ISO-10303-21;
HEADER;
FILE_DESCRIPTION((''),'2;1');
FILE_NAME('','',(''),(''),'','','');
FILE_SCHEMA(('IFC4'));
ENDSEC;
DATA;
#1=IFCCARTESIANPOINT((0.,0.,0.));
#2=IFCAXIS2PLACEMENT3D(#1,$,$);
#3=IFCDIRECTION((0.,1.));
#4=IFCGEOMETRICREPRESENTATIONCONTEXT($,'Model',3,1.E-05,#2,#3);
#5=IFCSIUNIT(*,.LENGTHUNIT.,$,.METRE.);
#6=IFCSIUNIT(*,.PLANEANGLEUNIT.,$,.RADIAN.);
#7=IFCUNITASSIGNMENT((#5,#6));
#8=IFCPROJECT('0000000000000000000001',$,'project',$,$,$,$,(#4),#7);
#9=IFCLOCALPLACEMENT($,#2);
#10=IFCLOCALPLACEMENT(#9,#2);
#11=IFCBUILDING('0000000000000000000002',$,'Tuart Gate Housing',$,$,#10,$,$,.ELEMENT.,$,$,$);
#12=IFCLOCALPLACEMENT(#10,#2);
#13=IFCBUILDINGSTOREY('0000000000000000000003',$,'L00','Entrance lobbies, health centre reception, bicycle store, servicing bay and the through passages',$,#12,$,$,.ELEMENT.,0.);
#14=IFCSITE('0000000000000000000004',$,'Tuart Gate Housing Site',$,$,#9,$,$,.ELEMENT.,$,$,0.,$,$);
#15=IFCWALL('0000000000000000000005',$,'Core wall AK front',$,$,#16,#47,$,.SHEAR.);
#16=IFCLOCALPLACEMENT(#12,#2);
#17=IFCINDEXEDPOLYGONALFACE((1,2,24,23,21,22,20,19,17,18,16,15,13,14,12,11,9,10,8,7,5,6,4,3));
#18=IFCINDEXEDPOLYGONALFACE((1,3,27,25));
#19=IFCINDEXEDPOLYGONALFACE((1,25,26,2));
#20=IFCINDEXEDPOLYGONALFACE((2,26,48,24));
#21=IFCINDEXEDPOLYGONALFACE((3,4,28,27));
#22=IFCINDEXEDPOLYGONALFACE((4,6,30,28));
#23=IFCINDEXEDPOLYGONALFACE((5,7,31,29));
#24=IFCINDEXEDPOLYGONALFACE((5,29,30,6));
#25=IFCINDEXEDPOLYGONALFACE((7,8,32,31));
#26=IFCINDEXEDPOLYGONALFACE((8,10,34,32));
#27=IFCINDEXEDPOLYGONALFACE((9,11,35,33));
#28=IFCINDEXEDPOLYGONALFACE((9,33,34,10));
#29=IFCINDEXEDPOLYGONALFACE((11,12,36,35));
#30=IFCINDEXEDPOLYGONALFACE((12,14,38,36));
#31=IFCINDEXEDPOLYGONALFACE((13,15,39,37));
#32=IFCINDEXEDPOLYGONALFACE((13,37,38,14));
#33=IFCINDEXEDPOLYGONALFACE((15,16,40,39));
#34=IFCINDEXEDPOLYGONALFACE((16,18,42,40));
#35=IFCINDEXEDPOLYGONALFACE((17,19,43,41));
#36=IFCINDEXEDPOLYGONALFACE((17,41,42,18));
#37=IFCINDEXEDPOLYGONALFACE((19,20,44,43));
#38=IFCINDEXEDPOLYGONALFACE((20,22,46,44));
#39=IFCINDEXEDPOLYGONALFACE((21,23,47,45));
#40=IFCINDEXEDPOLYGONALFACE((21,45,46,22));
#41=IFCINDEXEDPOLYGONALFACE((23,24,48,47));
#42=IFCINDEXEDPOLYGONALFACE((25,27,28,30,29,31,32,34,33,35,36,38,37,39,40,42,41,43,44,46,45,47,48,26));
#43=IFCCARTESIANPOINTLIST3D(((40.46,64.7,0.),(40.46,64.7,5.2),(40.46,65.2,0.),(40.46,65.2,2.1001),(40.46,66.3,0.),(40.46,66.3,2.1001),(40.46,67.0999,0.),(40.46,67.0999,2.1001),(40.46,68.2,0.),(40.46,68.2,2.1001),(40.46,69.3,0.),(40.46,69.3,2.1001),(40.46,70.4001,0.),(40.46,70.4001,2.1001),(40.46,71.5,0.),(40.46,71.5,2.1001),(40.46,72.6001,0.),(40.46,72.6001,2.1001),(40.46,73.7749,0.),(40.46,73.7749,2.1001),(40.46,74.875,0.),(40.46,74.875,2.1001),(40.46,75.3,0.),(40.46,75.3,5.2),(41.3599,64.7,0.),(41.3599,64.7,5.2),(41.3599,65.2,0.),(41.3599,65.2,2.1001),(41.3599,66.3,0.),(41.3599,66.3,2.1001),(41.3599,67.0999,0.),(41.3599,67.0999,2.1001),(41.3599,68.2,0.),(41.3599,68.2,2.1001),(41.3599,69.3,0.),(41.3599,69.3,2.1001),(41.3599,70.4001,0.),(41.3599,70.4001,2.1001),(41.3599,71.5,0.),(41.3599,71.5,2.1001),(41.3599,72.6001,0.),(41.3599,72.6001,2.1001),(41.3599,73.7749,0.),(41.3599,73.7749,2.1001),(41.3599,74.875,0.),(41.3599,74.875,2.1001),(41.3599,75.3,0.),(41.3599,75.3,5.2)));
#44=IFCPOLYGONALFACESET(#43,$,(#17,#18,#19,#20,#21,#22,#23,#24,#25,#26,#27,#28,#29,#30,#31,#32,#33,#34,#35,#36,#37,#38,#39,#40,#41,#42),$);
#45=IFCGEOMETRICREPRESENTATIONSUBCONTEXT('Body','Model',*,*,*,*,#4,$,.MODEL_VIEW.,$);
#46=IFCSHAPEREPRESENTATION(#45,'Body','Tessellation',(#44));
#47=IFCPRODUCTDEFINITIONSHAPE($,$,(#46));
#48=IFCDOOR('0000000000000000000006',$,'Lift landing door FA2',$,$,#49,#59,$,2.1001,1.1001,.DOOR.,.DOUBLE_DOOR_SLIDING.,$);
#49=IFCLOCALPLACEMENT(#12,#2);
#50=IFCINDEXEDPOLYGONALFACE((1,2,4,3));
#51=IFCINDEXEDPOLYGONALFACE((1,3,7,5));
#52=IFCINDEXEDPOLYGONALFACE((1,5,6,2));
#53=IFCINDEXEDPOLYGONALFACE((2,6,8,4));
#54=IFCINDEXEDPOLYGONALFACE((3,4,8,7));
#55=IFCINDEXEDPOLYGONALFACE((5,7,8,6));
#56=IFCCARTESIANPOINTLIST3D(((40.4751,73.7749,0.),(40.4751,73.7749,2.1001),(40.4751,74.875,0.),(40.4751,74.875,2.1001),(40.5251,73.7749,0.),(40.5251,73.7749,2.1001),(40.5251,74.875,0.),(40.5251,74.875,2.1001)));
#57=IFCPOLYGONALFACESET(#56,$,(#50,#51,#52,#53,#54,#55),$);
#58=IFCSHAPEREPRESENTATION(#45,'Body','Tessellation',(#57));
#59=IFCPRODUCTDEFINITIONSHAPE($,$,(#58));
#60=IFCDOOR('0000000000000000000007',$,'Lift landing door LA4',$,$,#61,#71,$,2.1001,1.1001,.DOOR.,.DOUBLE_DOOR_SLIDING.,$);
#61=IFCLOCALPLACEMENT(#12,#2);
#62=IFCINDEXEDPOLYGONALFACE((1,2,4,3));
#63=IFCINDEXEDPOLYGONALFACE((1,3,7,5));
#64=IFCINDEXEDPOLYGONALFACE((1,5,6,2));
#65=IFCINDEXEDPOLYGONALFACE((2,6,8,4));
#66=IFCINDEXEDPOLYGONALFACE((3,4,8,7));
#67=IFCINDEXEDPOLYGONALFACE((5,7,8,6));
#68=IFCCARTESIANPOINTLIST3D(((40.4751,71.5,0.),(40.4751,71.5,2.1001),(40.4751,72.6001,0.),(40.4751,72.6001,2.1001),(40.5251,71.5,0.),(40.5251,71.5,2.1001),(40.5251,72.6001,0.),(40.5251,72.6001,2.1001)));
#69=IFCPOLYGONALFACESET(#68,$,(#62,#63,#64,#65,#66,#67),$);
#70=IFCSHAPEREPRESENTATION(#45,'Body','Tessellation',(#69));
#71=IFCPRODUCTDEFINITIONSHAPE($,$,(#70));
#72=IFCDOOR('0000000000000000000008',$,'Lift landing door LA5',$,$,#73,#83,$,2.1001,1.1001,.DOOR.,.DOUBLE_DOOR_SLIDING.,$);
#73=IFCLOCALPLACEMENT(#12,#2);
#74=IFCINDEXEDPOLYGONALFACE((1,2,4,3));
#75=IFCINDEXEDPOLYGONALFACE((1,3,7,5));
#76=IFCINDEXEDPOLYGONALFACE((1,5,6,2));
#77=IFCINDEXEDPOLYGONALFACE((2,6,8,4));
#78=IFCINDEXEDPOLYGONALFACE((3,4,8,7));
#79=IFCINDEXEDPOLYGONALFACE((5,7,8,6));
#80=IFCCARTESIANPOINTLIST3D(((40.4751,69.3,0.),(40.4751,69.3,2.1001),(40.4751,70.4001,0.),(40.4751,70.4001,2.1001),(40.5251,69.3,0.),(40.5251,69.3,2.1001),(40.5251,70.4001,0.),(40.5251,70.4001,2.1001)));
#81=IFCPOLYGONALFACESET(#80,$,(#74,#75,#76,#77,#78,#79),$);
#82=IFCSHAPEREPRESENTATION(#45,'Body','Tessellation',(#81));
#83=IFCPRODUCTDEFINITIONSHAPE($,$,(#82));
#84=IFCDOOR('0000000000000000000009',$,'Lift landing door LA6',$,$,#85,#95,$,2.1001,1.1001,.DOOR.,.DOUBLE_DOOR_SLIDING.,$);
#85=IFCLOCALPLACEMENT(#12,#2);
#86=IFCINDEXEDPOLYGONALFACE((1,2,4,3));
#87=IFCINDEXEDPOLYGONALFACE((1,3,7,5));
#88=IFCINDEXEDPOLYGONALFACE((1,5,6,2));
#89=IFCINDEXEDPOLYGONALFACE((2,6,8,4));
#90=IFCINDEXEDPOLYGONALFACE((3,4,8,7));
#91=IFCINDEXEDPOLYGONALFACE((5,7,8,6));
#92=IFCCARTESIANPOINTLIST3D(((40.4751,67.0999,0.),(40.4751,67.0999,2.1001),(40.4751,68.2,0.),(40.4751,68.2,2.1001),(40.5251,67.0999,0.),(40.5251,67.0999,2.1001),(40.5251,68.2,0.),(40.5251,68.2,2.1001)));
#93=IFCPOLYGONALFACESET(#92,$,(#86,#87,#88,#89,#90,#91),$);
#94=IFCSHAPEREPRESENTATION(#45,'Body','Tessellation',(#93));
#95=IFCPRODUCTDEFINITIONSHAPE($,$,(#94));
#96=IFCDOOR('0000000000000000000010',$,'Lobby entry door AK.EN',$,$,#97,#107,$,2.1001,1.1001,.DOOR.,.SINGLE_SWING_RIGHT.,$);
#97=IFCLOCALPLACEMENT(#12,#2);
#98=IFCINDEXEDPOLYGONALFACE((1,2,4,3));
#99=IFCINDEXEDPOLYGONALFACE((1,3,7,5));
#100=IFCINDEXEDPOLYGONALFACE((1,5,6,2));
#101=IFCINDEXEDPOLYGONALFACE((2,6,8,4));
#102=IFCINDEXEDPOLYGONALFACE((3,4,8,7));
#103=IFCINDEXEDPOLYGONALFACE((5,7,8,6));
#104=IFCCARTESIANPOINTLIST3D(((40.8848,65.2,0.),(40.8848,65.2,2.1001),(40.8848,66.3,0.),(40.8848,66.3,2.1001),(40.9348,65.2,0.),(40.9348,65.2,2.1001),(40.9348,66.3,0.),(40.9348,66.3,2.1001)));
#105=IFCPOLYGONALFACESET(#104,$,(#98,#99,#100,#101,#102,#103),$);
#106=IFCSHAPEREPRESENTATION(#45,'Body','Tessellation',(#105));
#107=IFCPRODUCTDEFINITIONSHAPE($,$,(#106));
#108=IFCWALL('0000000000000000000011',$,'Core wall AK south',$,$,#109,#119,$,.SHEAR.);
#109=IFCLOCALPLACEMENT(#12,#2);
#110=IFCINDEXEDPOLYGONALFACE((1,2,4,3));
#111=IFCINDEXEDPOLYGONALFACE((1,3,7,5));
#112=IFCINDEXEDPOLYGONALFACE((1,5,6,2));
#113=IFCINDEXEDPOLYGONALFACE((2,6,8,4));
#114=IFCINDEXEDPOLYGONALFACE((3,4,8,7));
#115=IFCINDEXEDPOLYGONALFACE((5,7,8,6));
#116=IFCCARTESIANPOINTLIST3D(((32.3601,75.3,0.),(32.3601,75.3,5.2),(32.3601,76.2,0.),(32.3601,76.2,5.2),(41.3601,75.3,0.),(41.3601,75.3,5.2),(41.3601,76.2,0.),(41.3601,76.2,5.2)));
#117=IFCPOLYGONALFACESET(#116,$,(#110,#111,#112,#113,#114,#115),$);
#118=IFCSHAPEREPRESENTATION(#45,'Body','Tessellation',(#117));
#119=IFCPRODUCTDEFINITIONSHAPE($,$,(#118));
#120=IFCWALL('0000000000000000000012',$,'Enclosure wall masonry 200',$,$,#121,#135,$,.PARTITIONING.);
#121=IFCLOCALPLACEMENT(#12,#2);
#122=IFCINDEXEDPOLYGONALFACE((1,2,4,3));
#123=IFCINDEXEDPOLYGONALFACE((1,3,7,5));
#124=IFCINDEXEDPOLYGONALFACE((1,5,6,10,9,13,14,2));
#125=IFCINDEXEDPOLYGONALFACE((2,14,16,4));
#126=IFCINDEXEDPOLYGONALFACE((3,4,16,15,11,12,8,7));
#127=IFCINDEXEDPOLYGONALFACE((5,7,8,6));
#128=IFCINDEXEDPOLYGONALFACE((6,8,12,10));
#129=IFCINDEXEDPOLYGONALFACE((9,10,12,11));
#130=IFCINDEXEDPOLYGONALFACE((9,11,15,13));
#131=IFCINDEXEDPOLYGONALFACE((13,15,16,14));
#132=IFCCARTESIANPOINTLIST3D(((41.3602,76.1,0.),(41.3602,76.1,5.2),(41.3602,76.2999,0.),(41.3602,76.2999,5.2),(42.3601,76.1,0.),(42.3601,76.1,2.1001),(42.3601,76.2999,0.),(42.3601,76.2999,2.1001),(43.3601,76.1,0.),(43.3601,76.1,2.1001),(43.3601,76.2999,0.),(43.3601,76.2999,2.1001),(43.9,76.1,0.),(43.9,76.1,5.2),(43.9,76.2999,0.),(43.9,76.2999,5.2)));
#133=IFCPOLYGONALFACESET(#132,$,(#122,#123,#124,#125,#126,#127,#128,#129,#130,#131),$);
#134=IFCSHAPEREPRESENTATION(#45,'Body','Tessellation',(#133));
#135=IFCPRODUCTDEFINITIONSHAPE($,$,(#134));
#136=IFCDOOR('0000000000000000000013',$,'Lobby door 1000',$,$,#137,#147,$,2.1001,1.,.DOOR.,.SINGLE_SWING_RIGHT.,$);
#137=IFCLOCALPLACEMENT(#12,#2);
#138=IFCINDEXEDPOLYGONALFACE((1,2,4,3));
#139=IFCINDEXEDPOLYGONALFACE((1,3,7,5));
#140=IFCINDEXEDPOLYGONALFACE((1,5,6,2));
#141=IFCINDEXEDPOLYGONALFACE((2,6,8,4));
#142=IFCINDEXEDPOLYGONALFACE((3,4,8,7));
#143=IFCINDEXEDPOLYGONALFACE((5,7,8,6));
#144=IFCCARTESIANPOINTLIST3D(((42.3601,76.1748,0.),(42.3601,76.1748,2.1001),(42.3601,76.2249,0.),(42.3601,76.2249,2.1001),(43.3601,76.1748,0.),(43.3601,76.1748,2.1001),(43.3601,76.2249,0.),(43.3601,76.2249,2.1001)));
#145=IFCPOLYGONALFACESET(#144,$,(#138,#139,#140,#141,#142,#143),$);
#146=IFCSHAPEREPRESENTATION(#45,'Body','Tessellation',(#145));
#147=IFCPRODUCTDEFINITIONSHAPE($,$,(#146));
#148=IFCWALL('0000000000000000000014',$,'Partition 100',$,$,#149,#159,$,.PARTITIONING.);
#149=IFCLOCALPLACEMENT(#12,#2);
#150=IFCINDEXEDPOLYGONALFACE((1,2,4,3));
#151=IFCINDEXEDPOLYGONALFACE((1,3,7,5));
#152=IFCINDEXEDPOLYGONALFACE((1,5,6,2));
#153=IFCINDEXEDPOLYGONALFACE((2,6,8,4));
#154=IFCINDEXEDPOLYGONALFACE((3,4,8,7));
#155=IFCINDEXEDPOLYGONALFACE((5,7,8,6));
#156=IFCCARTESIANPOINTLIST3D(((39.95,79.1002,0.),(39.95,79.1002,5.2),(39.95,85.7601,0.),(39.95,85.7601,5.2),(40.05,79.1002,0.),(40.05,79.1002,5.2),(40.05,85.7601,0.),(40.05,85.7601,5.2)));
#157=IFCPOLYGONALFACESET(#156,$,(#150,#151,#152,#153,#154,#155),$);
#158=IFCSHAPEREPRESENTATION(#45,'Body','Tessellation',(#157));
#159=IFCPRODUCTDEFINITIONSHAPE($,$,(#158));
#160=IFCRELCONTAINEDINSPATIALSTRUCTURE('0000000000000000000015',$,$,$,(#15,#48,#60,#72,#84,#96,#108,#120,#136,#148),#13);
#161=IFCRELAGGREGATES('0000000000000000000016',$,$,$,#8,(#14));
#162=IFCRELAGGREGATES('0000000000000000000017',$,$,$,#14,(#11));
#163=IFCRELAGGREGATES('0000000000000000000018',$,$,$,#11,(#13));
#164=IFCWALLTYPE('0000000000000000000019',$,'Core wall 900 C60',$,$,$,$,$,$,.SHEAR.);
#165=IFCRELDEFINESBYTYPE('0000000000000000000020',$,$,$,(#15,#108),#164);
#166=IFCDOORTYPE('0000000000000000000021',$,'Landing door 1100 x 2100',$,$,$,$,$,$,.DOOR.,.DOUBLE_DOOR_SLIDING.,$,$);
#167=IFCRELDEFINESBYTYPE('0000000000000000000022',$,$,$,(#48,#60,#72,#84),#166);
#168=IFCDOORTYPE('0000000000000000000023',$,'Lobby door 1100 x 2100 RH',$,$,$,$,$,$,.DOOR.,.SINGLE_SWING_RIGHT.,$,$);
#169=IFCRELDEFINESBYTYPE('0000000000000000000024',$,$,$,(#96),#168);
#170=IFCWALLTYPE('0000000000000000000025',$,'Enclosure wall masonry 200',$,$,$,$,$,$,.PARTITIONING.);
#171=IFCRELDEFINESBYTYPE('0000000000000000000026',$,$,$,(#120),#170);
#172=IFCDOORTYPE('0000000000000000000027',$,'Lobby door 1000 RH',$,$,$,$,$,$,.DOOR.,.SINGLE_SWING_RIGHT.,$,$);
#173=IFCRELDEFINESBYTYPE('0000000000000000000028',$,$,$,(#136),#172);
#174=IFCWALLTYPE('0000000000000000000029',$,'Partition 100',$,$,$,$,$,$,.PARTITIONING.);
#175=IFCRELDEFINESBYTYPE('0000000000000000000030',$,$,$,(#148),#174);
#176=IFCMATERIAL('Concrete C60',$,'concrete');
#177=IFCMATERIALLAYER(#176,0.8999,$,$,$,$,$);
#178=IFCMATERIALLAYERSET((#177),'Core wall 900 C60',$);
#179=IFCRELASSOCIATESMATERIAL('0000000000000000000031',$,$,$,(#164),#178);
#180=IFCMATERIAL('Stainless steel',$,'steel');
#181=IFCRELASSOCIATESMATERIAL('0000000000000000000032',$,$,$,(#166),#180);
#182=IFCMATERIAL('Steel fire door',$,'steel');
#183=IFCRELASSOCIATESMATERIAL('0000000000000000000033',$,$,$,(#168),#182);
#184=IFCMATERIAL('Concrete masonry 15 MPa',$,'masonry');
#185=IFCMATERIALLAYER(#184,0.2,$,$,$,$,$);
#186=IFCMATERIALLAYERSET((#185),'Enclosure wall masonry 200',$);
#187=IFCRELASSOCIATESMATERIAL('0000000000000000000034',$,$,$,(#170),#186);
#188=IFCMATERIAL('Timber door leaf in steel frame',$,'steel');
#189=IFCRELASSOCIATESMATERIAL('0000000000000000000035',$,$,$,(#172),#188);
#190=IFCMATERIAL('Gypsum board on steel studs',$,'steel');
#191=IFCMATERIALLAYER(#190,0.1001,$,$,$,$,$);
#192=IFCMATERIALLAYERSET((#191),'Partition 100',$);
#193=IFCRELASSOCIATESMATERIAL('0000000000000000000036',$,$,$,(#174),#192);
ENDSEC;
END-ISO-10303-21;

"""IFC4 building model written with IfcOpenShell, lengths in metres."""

from ifc_helpers import new_model, si_unit, direction, frame, frame_2d, origin, place, context, subcontext, project, spatial, rectangle, extrude, material, layer, layer_set, type_object, element, fill, save


model = new_model("IFC4")

# Units and contexts
model_context = context("Model", 3, precision=1e-05, world=origin(), true_north=direction((0.0, 1.0)))
body_context = subcontext(model_context, "Body", "Model", "MODEL_VIEW")
ifc_project = project(units=[si_unit("LENGTHUNIT", "METRE"), si_unit("PLANEANGLEUNIT", "RADIAN")], contexts=[model_context])

# Site, building, storey
site_placement = place(None, origin())
site = spatial("IfcSite", under=ifc_project, at=site_placement, Name="Tuart Gate Housing Site", CompositionType="ELEMENT", RefElevation=0.0)
building_placement = place(site_placement, origin())
building = spatial("IfcBuilding", under=site, at=building_placement, Name="Tuart Gate Housing", CompositionType="ELEMENT")
storey_placement = place(building_placement, origin())
storey = spatial("IfcBuildingStorey", under=building, at=storey_placement, Name="L00", Description="Entrance lobbies, health centre reception, bicycle store, servicing bay and the through passages", CompositionType="ELEMENT", Elevation=0.0)

# Wall, openings, doors
ifc_material_1 = material(Name="Concrete C60", Category="concrete")
ifc_layer_1 = layer(ifc_material_1, 0.8999)
ifc_layer_set_1 = layer_set([ifc_layer_1], Name="Core wall 900 C60")
wall_type_1 = type_object("IfcWallType", Name="Core wall 900 C60", PredefinedType="SHEAR", material=ifc_layer_set_1)
wall_1_placement = place(storey_placement, frame((40.9099, 75.3, 0.0), z_axis=(0.0, 0.0, 1.0), x_axis=(0.0, -1.0, 0.0)))
wall_1 = element("IfcWall", 1, at=wall_1_placement, inside=storey, type_object=wall_type_1, Name="Core wall AK front", PredefinedType="SHEAR", context=body_context, shape_type="SweptSolid", body=[
    extrude(rectangle(XDim=10.6001, YDim=0.8999, at=frame_2d((5.3, 0.0))), origin(), (0.0, 0.0, 1.0), 5.2),
])
opening_1_placement = place(wall_1_placement, frame((0.425, 0.0, 0.0)))
opening_1 = element("IfcOpeningElement", 2, at=opening_1_placement, cuts=wall_1, PredefinedType="OPENING", context=body_context, shape_type="SweptSolid", body=[
    extrude(rectangle(XDim=1.1001, YDim=2.1001, at=frame_2d((0.55, 1.05))), frame((0.0, 0.46, 0.0), z_axis=(0.0, -1.0, 0.0), x_axis=(1.0, 0.0, 0.0)), (0.0, 0.0, 1.0), 0.9199),
])
opening_2_placement = place(wall_1_placement, frame((2.7, 0.0, 0.0)))
opening_2 = element("IfcOpeningElement", 3, at=opening_2_placement, cuts=wall_1, PredefinedType="OPENING", context=body_context, shape_type="SweptSolid", body=[
    extrude(rectangle(XDim=1.1001, YDim=2.1001, at=frame_2d((0.55, 1.05))), frame((0.0, 0.46, 0.0), z_axis=(0.0, -1.0, 0.0), x_axis=(1.0, 0.0, 0.0)), (0.0, 0.0, 1.0), 0.9199),
])
opening_3_placement = place(wall_1_placement, frame((4.8999, 0.0, 0.0)))
opening_3 = element("IfcOpeningElement", 4, at=opening_3_placement, cuts=wall_1, PredefinedType="OPENING", context=body_context, shape_type="SweptSolid", body=[
    extrude(rectangle(XDim=1.1001, YDim=2.1001, at=frame_2d((0.55, 1.05))), frame((0.0, 0.46, 0.0), z_axis=(0.0, -1.0, 0.0), x_axis=(1.0, 0.0, 0.0)), (0.0, 0.0, 1.0), 0.9199),
])
opening_4_placement = place(wall_1_placement, frame((7.1001, 0.0, 0.0)))
opening_4 = element("IfcOpeningElement", 5, at=opening_4_placement, cuts=wall_1, PredefinedType="OPENING", context=body_context, shape_type="SweptSolid", body=[
    extrude(rectangle(XDim=1.1001, YDim=2.1001, at=frame_2d((0.55, 1.05))), frame((0.0, 0.46, 0.0), z_axis=(0.0, -1.0, 0.0), x_axis=(1.0, 0.0, 0.0)), (0.0, 0.0, 1.0), 0.9199),
])
opening_5_placement = place(wall_1_placement, frame((9.0, 0.0, 0.0)))
opening_5 = element("IfcOpeningElement", 6, at=opening_5_placement, cuts=wall_1, PredefinedType="OPENING", context=body_context, shape_type="SweptSolid", body=[
    extrude(rectangle(XDim=1.1001, YDim=2.1001, at=frame_2d((0.55, 1.05))), frame((0.0, 0.46, 0.0), z_axis=(0.0, -1.0, 0.0), x_axis=(1.0, 0.0, 0.0)), (0.0, 0.0, 1.0), 0.9199),
])
ifc_material_2 = material(Name="Stainless steel", Category="steel")
door_type_1 = type_object("IfcDoorType", Name="Landing door 1100 x 2100", OperationType="DOUBLE_DOOR_SLIDING", PredefinedType="DOOR", material=ifc_material_2)
door_1_placement = place(opening_1_placement, origin())
door_1 = element("IfcDoor", 7, at=door_1_placement, inside=storey, type_object=door_type_1, Name="Lift landing door FA2", OperationType="DOUBLE_DOOR_SLIDING", OverallHeight=2.1001, OverallWidth=1.1001, PredefinedType="DOOR", context=body_context, shape_type="SweptSolid", body=[
    extrude(rectangle(XDim=1.1001, YDim=2.1001, at=frame_2d((0.55, 1.05))), frame((0.0, -0.3848, 0.0), z_axis=(0.0, -1.0, 0.0), x_axis=(1.0, 0.0, 0.0)), (0.0, 0.0, 1.0), 0.05),
])
fill(opening_1, door_1)
door_2_placement = place(opening_2_placement, origin())
door_2 = element("IfcDoor", 8, at=door_2_placement, inside=storey, type_object=door_type_1, Name="Lift landing door LA4", OperationType="DOUBLE_DOOR_SLIDING", OverallHeight=2.1001, OverallWidth=1.1001, PredefinedType="DOOR", context=body_context, shape_type="SweptSolid", body=[
    extrude(rectangle(XDim=1.1001, YDim=2.1001, at=frame_2d((0.55, 1.05))), frame((0.0, -0.3848, 0.0), z_axis=(0.0, -1.0, 0.0), x_axis=(1.0, 0.0, 0.0)), (0.0, 0.0, 1.0), 0.05),
])
fill(opening_2, door_2)
door_3_placement = place(opening_3_placement, origin())
door_3 = element("IfcDoor", 9, at=door_3_placement, inside=storey, type_object=door_type_1, Name="Lift landing door LA5", OperationType="DOUBLE_DOOR_SLIDING", OverallHeight=2.1001, OverallWidth=1.1001, PredefinedType="DOOR", context=body_context, shape_type="SweptSolid", body=[
    extrude(rectangle(XDim=1.1001, YDim=2.1001, at=frame_2d((0.55, 1.05))), frame((0.0, -0.3848, 0.0), z_axis=(0.0, -1.0, 0.0), x_axis=(1.0, 0.0, 0.0)), (0.0, 0.0, 1.0), 0.05),
])
fill(opening_3, door_3)
door_4_placement = place(opening_4_placement, origin())
door_4 = element("IfcDoor", 10, at=door_4_placement, inside=storey, type_object=door_type_1, Name="Lift landing door LA6", OperationType="DOUBLE_DOOR_SLIDING", OverallHeight=2.1001, OverallWidth=1.1001, PredefinedType="DOOR", context=body_context, shape_type="SweptSolid", body=[
    extrude(rectangle(XDim=1.1001, YDim=2.1001, at=frame_2d((0.55, 1.05))), frame((0.0, -0.3848, 0.0), z_axis=(0.0, -1.0, 0.0), x_axis=(1.0, 0.0, 0.0)), (0.0, 0.0, 1.0), 0.05),
])
fill(opening_4, door_4)
ifc_material_3 = material(Name="Steel fire door", Category="steel")
door_type_2 = type_object("IfcDoorType", Name="Lobby door 1100 x 2100 RH", OperationType="SINGLE_SWING_RIGHT", PredefinedType="DOOR", material=ifc_material_3)
door_5_placement = place(opening_5_placement, frame((1.1001, 0.0, 0.0), z_axis=(0.0, 0.0, 1.0), x_axis=(-1.0, 0.0, 0.0)))
door_5 = element("IfcDoor", 11, at=door_5_placement, inside=storey, type_object=door_type_2, Name="Lobby entry door AK.EN", OperationType="SINGLE_SWING_RIGHT", OverallHeight=2.1001, OverallWidth=1.1001, PredefinedType="DOOR", context=body_context, shape_type="SweptSolid", body=[
    extrude(rectangle(XDim=1.1001, YDim=2.1001, at=frame_2d((0.55, 1.05))), frame((0.0, 0.0251, 0.0), z_axis=(0.0, -1.0, 0.0), x_axis=(1.0, 0.0, 0.0)), (0.0, 0.0, 1.0), 0.05),
])
fill(opening_5, door_5)

# Wall
wall_2_placement = place(storey_placement, frame((41.3601, 75.75, 0.0), z_axis=(0.0, 0.0, 1.0), x_axis=(-1.0, 0.0, 0.0)))
element("IfcWall", 12, at=wall_2_placement, inside=storey, type_object=wall_type_1, Name="Core wall AK south", PredefinedType="SHEAR", context=body_context, shape_type="SweptSolid", body=[
    extrude(rectangle(XDim=9.0, YDim=0.8999, at=frame_2d((4.5, 0.0))), origin(), (0.0, 0.0, 1.0), 5.2),
])

# Wall, opening, door
ifc_material_4 = material(Name="Concrete masonry 15 MPa", Category="masonry")
ifc_layer_2 = layer(ifc_material_4, 0.2)
ifc_layer_set_2 = layer_set([ifc_layer_2], Name="Enclosure wall masonry 200")
wall_type_2 = type_object("IfcWallType", Name="Enclosure wall masonry 200", PredefinedType="PARTITIONING", material=ifc_layer_set_2)
wall_3_placement = place(storey_placement, frame((41.3601, 76.2, 0.0), z_axis=(0.0, 0.0, 1.0), x_axis=(1.0, 0.0, 0.0)))
wall_3 = element("IfcWall", 13, at=wall_3_placement, inside=storey, type_object=wall_type_2, Name="Enclosure wall masonry 200", PredefinedType="PARTITIONING", context=body_context, shape_type="SweptSolid", body=[
    extrude(rectangle(XDim=2.5398, YDim=0.2, at=frame_2d((1.27, 0.0))), origin(), (0.0, 0.0, 1.0), 5.2),
])
opening_6_placement = place(wall_3_placement, frame((1.0, 0.0, 0.0)))
opening_6 = element("IfcOpeningElement", 14, at=opening_6_placement, cuts=wall_3, PredefinedType="OPENING", context=body_context, shape_type="SweptSolid", body=[
    extrude(rectangle(XDim=1.0, YDim=2.1001, at=frame_2d((0.5, 1.05))), frame((0.0, 0.1099, 0.0), z_axis=(0.0, -1.0, 0.0), x_axis=(1.0, 0.0, 0.0)), (0.0, 0.0, 1.0), 0.22),
])
ifc_material_5 = material(Name="Timber door leaf in steel frame", Category="steel")
door_type_3 = type_object("IfcDoorType", Name="Lobby door 1000 RH", OperationType="SINGLE_SWING_RIGHT", PredefinedType="DOOR", material=ifc_material_5)
door_6_placement = place(opening_6_placement, origin())
door_6 = element("IfcDoor", 15, at=door_6_placement, inside=storey, type_object=door_type_3, Name="Lobby door 1000", OperationType="SINGLE_SWING_RIGHT", OverallHeight=2.1001, OverallWidth=1.0, PredefinedType="DOOR", context=body_context, shape_type="SweptSolid", body=[
    extrude(rectangle(XDim=1.0, YDim=2.1001, at=frame_2d((0.5, 1.05))), frame((0.0, 0.0249, 0.0), z_axis=(0.0, -1.0, 0.0), x_axis=(1.0, 0.0, 0.0)), (0.0, 0.0, 1.0), 0.05),
])
fill(opening_6, door_6)

# Wall
ifc_material_6 = material(Name="Gypsum board on steel studs", Category="steel")
ifc_layer_3 = layer(ifc_material_6, 0.1001)
ifc_layer_set_3 = layer_set([ifc_layer_3], Name="Partition 100")
wall_type_3 = type_object("IfcWallType", Name="Partition 100", PredefinedType="PARTITIONING", material=ifc_layer_set_3)
wall_4_placement = place(storey_placement, frame((40.0, 79.1001, 0.0), z_axis=(0.0, 0.0, 1.0), x_axis=(0.0, 1.0, 0.0)))
element("IfcWall", 16, at=wall_4_placement, inside=storey, type_object=wall_type_3, Name="Partition 100", PredefinedType="PARTITIONING", context=body_context, shape_type="SweptSolid", body=[
    extrude(rectangle(XDim=6.6599, YDim=0.1001, at=frame_2d((3.3301, 0.0))), origin(), (0.0, 0.0, 1.0), 5.2),
])

save(model, "model.ifc")
